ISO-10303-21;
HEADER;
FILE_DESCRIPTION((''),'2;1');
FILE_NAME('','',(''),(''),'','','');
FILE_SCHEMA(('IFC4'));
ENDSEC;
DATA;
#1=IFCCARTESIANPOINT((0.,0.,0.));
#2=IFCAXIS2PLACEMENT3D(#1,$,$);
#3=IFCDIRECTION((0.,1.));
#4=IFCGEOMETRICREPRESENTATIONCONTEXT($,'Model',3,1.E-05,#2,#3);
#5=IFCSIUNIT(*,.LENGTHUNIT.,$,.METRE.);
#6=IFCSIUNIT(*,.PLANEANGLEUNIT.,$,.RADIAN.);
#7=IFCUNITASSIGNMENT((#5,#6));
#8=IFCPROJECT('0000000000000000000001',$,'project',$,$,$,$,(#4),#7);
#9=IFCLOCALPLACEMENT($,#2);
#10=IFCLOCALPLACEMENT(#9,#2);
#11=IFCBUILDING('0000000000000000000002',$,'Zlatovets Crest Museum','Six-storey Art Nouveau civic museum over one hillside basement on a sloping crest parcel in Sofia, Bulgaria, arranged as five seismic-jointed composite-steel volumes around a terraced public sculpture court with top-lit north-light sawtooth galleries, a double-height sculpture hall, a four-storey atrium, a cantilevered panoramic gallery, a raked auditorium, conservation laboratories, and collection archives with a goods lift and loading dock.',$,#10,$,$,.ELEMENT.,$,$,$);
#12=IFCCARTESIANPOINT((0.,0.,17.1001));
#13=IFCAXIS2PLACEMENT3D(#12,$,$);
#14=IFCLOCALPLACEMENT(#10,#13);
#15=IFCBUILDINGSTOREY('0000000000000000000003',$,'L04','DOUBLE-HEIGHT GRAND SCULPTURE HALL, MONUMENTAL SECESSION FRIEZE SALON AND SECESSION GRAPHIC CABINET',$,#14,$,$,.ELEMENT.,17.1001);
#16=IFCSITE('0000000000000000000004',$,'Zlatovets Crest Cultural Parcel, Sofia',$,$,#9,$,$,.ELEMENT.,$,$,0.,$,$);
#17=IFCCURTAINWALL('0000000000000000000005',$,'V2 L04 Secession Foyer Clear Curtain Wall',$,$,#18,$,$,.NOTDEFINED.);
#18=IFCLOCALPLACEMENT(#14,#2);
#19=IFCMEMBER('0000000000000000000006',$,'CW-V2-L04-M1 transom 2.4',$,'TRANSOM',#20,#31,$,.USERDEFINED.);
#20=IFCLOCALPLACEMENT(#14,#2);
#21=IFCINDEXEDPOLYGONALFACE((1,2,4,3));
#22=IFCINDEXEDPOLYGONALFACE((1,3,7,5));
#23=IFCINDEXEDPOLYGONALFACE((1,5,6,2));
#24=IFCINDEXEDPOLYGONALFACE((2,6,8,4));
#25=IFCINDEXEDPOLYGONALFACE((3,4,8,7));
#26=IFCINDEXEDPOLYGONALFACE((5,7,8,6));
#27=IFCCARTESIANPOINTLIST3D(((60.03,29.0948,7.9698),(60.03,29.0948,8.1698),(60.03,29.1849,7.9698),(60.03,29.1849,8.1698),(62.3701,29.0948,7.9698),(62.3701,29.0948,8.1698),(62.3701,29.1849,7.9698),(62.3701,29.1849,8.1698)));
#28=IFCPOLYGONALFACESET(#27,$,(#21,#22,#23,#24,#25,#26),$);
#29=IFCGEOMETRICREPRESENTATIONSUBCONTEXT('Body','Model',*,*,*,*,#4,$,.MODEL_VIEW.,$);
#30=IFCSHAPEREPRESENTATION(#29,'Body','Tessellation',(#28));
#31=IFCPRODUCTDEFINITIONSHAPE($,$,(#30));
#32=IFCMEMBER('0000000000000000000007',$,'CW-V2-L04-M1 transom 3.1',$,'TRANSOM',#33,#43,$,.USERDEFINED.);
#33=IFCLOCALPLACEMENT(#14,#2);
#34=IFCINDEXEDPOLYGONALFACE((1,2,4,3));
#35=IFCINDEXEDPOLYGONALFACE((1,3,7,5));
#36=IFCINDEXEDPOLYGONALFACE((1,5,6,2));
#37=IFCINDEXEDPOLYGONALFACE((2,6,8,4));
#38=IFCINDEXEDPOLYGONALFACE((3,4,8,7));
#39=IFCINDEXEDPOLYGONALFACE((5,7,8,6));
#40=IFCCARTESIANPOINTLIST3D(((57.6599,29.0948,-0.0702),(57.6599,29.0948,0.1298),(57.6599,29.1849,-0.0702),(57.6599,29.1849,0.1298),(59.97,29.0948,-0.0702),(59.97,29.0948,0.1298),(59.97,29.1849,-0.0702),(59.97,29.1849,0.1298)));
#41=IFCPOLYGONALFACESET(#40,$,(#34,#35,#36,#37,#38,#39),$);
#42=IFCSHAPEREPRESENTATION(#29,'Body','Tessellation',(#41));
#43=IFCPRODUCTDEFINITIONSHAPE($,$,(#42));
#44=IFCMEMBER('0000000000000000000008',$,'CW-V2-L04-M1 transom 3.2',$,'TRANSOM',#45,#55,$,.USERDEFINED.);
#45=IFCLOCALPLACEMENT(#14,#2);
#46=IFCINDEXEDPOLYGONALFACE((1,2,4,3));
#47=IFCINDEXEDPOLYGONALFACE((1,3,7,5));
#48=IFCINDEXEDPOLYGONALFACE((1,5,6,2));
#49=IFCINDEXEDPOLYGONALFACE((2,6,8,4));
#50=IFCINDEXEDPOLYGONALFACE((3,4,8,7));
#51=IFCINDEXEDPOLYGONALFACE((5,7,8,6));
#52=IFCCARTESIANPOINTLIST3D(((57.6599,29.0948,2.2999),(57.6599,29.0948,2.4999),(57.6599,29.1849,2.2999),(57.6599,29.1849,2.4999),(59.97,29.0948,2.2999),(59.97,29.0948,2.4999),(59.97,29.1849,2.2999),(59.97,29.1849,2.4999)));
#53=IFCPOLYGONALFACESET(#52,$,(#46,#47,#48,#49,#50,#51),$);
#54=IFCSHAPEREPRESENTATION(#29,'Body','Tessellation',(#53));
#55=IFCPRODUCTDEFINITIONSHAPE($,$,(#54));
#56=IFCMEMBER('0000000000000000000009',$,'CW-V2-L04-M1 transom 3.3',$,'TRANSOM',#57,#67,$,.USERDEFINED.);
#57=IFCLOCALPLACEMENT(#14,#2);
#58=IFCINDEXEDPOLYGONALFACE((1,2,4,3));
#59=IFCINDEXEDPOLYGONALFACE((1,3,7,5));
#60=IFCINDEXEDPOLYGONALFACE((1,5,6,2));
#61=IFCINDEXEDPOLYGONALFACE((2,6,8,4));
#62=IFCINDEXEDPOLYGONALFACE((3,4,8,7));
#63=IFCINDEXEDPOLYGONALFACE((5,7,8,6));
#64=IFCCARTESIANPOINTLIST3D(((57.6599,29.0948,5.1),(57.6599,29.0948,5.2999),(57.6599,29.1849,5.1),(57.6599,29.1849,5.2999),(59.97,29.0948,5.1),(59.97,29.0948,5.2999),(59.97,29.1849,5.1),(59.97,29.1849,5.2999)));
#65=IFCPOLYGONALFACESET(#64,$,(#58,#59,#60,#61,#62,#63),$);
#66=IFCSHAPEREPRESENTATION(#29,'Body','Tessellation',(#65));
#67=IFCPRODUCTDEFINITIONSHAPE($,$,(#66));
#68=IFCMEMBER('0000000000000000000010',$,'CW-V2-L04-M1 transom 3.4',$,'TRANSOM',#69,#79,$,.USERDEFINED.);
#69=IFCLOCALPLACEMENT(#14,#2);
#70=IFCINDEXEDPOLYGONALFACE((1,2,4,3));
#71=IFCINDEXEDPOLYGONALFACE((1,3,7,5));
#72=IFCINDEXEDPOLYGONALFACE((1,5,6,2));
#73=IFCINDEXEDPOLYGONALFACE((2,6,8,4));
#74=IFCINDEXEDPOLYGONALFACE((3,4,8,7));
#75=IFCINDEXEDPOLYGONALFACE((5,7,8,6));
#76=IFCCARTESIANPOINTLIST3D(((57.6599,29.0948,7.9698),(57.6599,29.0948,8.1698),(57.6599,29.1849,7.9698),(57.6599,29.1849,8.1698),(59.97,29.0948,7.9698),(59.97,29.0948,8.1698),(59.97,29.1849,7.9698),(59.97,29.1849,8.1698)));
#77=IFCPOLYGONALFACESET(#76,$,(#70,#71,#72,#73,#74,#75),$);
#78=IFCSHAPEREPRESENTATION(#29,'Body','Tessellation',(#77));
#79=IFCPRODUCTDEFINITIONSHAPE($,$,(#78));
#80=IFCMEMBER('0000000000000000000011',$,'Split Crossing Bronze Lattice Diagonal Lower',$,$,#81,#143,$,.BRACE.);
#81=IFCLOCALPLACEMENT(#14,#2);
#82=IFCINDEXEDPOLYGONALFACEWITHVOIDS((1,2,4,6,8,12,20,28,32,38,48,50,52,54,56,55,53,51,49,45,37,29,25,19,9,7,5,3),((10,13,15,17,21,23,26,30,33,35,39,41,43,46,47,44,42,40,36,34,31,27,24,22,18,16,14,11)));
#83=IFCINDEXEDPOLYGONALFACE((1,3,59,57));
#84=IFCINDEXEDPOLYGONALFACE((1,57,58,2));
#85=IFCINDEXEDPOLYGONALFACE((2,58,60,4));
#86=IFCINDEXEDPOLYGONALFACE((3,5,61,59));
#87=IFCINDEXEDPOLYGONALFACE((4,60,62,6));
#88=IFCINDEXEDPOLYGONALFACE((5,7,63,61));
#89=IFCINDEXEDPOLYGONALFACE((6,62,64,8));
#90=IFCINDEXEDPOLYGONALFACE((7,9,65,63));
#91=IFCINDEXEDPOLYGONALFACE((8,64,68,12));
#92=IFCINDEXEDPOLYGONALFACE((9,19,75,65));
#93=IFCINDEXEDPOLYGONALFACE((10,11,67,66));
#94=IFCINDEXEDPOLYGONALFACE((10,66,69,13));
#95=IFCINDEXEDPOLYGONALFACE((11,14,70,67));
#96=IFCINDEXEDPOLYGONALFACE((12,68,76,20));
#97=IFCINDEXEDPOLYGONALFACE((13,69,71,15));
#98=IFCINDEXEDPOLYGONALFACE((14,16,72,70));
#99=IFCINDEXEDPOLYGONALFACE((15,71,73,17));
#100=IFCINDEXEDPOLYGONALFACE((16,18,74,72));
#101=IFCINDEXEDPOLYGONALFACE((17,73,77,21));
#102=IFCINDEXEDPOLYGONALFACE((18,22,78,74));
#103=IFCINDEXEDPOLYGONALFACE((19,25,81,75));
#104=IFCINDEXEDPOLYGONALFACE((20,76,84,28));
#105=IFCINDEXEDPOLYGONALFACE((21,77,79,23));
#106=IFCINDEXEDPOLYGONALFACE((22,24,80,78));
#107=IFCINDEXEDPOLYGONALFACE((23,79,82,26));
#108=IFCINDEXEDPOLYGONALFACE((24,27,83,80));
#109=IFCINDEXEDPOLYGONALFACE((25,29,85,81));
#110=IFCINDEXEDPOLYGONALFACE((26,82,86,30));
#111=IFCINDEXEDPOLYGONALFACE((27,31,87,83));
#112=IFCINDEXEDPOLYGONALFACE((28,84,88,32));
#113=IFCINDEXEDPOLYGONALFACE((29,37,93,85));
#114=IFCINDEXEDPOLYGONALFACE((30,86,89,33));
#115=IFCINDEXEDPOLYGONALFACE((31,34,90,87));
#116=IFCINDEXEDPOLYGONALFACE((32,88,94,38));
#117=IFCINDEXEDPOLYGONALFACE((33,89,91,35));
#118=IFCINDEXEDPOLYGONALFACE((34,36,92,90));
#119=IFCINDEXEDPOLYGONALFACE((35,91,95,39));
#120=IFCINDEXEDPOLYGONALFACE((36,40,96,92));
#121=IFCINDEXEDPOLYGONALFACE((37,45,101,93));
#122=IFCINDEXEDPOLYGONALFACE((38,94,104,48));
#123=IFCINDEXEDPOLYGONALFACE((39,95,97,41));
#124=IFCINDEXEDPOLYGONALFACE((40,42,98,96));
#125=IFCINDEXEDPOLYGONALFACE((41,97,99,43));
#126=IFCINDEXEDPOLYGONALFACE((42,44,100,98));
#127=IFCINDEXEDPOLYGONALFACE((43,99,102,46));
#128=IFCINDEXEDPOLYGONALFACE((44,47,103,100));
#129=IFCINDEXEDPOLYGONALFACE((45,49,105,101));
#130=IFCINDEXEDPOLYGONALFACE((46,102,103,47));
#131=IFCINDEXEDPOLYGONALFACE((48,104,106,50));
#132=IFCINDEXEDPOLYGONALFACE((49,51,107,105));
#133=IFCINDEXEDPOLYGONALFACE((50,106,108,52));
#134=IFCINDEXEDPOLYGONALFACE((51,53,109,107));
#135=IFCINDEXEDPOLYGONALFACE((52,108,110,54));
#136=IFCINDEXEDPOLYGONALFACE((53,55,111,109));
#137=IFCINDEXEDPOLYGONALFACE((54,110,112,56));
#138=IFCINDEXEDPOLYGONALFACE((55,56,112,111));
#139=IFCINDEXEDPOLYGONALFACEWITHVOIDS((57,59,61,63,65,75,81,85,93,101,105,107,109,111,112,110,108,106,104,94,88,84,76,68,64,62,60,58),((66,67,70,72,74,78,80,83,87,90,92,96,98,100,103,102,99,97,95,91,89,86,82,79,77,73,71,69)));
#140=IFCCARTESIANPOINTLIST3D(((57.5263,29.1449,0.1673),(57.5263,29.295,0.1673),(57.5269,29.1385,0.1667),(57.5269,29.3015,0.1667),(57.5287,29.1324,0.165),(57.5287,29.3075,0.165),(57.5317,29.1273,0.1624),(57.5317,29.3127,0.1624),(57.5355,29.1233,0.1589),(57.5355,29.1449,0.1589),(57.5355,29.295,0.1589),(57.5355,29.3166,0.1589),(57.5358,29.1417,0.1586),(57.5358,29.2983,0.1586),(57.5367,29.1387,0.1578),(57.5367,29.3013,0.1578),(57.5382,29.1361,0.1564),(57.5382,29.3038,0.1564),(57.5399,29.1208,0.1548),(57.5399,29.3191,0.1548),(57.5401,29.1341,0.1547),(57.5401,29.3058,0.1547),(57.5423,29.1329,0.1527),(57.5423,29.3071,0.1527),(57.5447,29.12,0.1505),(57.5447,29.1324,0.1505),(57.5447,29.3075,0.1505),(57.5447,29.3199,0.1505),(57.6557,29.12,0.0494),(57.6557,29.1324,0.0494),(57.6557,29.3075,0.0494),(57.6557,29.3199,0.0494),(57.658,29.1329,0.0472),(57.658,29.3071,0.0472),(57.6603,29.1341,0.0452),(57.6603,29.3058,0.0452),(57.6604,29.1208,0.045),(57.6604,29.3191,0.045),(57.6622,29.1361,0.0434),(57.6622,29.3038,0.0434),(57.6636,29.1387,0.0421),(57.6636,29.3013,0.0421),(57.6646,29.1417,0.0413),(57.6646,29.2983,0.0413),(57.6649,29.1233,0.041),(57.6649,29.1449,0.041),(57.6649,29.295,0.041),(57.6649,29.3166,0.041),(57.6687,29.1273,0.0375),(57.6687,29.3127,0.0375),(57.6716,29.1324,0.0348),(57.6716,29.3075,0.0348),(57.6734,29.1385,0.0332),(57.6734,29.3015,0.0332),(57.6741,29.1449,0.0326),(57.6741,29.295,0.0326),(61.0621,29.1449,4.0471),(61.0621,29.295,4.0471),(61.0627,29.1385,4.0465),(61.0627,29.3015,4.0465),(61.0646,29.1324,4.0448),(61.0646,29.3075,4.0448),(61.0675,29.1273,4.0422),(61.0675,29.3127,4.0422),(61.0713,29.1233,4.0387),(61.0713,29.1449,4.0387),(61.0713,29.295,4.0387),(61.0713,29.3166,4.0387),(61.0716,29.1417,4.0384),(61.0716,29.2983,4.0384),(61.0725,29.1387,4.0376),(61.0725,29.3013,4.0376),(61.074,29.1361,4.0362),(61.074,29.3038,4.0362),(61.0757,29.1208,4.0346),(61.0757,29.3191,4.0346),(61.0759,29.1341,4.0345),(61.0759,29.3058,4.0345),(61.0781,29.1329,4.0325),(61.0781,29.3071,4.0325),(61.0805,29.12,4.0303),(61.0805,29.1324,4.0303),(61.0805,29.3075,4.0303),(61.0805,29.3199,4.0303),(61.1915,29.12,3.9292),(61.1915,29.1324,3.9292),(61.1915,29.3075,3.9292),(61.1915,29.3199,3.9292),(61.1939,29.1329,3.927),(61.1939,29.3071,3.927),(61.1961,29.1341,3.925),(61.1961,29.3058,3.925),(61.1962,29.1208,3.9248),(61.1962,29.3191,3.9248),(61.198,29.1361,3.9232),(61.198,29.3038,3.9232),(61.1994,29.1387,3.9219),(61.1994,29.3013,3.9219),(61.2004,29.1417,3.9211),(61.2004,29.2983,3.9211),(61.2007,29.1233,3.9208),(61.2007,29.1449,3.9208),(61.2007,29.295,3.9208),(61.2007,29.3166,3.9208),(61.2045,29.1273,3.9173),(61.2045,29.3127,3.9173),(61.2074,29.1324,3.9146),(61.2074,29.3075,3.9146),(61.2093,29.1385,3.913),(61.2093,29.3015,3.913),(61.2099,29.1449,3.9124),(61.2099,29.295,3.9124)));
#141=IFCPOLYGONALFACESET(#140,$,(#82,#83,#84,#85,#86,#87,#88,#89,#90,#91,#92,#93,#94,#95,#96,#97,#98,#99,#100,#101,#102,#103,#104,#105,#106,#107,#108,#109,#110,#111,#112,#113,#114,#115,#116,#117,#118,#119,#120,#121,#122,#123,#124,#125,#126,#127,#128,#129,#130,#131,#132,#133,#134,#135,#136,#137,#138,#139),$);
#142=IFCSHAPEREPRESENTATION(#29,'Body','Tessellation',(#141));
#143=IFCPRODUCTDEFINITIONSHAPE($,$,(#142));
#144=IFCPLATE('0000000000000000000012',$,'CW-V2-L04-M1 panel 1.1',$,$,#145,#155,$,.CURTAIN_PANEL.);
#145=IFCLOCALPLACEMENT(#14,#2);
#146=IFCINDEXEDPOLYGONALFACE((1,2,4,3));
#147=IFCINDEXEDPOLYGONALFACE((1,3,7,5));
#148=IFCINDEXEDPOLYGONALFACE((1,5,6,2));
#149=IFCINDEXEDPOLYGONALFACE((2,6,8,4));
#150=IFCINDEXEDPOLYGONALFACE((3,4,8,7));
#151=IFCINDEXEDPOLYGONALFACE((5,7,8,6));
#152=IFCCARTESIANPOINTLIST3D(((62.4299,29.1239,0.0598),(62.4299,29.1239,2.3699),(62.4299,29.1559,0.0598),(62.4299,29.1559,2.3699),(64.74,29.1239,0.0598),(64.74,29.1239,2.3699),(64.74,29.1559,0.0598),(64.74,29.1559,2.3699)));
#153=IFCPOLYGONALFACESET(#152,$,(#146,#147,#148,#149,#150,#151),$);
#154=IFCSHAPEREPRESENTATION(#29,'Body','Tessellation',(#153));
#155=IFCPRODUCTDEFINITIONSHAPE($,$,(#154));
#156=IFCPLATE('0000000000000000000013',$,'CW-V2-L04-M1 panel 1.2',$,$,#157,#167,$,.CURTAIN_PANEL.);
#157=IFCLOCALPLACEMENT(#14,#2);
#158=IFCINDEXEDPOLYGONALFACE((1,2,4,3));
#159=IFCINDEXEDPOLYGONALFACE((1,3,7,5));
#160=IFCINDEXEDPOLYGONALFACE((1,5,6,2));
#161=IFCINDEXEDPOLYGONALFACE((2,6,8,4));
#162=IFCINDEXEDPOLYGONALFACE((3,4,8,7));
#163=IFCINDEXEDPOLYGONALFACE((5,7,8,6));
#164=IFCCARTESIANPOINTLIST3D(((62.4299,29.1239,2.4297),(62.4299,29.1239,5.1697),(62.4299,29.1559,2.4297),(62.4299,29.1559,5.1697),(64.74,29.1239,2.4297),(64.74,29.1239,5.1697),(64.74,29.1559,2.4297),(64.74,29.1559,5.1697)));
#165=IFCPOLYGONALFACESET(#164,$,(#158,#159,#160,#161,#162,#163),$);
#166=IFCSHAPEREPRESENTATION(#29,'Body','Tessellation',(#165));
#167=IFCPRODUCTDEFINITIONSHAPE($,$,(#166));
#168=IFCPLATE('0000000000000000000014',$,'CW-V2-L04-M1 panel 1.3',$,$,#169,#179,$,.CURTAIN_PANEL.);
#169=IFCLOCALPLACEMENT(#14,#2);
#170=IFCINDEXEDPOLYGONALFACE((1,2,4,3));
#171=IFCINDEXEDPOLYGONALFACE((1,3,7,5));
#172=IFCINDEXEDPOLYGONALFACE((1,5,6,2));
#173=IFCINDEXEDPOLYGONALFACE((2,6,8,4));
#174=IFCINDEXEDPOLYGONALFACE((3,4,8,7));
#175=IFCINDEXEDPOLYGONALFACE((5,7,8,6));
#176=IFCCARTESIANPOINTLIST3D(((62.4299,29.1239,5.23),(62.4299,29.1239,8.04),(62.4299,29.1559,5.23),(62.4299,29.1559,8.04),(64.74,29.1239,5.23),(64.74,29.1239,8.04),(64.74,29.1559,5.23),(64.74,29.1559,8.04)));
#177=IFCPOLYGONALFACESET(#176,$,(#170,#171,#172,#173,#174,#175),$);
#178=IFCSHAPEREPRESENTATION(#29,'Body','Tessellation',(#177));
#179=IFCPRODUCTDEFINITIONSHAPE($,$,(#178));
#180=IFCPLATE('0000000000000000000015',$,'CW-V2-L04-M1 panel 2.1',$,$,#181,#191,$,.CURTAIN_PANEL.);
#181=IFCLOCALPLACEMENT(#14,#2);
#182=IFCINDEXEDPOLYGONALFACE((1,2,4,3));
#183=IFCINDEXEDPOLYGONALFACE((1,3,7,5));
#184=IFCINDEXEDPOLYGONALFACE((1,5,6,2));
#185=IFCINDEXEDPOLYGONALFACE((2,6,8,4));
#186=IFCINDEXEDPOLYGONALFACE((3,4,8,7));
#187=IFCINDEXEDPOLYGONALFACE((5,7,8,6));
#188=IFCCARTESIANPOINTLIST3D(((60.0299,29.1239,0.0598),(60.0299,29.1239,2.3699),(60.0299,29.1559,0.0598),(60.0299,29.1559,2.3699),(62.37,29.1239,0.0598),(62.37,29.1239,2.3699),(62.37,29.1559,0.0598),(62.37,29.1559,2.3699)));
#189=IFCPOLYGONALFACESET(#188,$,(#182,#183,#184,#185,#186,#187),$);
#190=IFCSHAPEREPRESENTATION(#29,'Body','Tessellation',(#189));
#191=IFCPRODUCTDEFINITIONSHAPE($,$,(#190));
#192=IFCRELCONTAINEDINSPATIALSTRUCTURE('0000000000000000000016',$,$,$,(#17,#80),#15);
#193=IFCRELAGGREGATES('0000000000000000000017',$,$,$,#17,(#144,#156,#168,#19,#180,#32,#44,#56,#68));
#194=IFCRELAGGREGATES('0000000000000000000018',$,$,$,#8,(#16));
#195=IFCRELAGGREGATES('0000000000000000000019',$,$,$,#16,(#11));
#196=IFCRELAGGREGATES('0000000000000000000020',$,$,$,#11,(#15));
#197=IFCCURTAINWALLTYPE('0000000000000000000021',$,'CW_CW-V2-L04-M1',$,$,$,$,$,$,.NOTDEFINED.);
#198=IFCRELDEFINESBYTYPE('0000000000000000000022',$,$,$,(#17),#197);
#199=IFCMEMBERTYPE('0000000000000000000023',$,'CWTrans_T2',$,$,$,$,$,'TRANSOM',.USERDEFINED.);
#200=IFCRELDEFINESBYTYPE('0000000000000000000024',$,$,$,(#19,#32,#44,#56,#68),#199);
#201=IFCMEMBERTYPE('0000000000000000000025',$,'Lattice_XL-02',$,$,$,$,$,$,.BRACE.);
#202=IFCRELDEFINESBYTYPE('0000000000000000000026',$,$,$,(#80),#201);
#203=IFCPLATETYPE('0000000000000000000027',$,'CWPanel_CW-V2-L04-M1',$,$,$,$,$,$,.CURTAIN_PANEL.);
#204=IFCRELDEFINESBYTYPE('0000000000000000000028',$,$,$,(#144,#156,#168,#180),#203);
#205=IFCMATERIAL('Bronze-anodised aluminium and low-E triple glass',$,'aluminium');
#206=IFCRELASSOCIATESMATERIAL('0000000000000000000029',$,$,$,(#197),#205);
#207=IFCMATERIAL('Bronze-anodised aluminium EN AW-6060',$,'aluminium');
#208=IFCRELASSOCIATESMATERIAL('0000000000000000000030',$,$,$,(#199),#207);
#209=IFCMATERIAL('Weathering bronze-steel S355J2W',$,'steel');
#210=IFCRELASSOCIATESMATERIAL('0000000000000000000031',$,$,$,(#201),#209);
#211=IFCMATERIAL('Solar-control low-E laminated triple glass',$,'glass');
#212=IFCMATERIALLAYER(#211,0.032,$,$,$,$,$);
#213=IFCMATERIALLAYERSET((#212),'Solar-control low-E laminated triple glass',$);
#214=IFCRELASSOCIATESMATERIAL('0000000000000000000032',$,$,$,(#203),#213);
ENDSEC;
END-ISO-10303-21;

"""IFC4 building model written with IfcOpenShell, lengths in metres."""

from ifc_helpers import new_model, si_unit, direction, frame, origin, origin_2d, place, context, subcontext, project, spatial, rectangle, hollow_rectangle, extrude, material, layer, layer_set, material_profile, profile_set, type_object, element, aggregate, save


model = new_model("IFC4")

# Units and contexts
model_context = context("Model", 3, precision=1e-05, world=origin(), true_north=direction((0.0, 1.0)))
body_context = subcontext(model_context, "Body", "Model", "MODEL_VIEW")
ifc_project = project(units=[si_unit("LENGTHUNIT", "METRE"), si_unit("PLANEANGLEUNIT", "RADIAN")], contexts=[model_context])

# Site, building, storey
site_placement = place(None, origin())
site = spatial("IfcSite", under=ifc_project, at=site_placement, Name="Zlatovets Crest Cultural Parcel, Sofia", CompositionType="ELEMENT", RefElevation=0.0)
building_placement = place(site_placement, origin())
building = spatial("IfcBuilding", under=site, at=building_placement, Name="Zlatovets Crest Museum", Description="Six-storey Art Nouveau civic museum over one hillside basement on a sloping crest parcel in Sofia, Bulgaria, arranged as five seismic-jointed composite-steel volumes around a terraced public sculpture court with top-lit north-light sawtooth galleries, a double-height sculpture hall, a four-storey atrium, a cantilevered panoramic gallery, a raked auditorium, conservation laboratories, and collection archives with a goods lift and loading dock.", CompositionType="ELEMENT")
storey_placement = place(building_placement, frame((0.0, 0.0, 17.1001)))
storey = spatial("IfcBuildingStorey", under=building, at=storey_placement, Name="L04", Description="DOUBLE-HEIGHT GRAND SCULPTURE HALL, MONUMENTAL SECESSION FRIEZE SALON AND SECESSION GRAPHIC CABINET", CompositionType="ELEMENT", Elevation=17.1001)

# Curtain wall, members
ifc_material_1 = material(Name="Bronze-anodised aluminium and low-E triple glass", Category="aluminium")
curtain_wall_type = type_object("IfcCurtainWallType", Name="CW_CW-V2-L04-M1", PredefinedType="NOTDEFINED", material=ifc_material_1)
curtain_wall_placement = place(storey_placement, origin())
curtain_wall = element("IfcCurtainWall", 1, at=curtain_wall_placement, inside=storey, type_object=curtain_wall_type, Name="V2 L04 Secession Foyer Clear Curtain Wall", PredefinedType="NOTDEFINED")
ifc_material_2 = material(Name="Bronze-anodised aluminium EN AW-6060", Category="aluminium")
ifc_material_profile_1 = material_profile(ifc_material_2, rectangle(XDim=0.0901, YDim=0.2, at=origin_2d()), Name="ALU 90x200")
ifc_profile_set_1 = profile_set([ifc_material_profile_1], Name="Bronze-anodised aluminium EN AW-6060")
member_type_1 = type_object("IfcMemberType", Name="CWTrans_T2", ElementType="TRANSOM", PredefinedType="USERDEFINED", material=ifc_profile_set_1)
member_1_placement = place(storey_placement, frame((62.3701, 29.1399, 8.0698), z_axis=(-1.0, 0.0, 0.0), x_axis=(0.0, -1.0, 0.0)))
member_1 = element("IfcMember", 2, at=member_1_placement, type_object=member_type_1, Name="CW-V2-L04-M1 transom 2.4", ObjectType="TRANSOM", PredefinedType="USERDEFINED", context=body_context, shape_type="SweptSolid", body=[
    extrude(rectangle(XDim=0.0901, YDim=0.2, at=origin_2d()), origin(), (0.0, 0.0, 1.0), 2.3401),
])
member_2_placement = place(storey_placement, frame((59.97, 29.1399, 0.0298), z_axis=(-1.0, 0.0, 0.0), x_axis=(0.0, -1.0, 0.0)))
member_2 = element("IfcMember", 3, at=member_2_placement, type_object=member_type_1, Name="CW-V2-L04-M1 transom 3.1", ObjectType="TRANSOM", PredefinedType="USERDEFINED", context=body_context, shape_type="SweptSolid", body=[
    extrude(rectangle(XDim=0.0901, YDim=0.2, at=origin_2d()), origin(), (0.0, 0.0, 1.0), 2.3101),
])
member_3_placement = place(storey_placement, frame((59.97, 29.1399, 2.3999), z_axis=(-1.0, 0.0, 0.0), x_axis=(0.0, -1.0, 0.0)))
member_3 = element("IfcMember", 4, at=member_3_placement, type_object=member_type_1, Name="CW-V2-L04-M1 transom 3.2", ObjectType="TRANSOM", PredefinedType="USERDEFINED", context=body_context, shape_type="SweptSolid", body=[
    extrude(rectangle(XDim=0.0901, YDim=0.2, at=origin_2d()), origin(), (0.0, 0.0, 1.0), 2.3101),
])
member_4_placement = place(storey_placement, frame((59.97, 29.1399, 5.2), z_axis=(-1.0, 0.0, 0.0), x_axis=(0.0, -1.0, 0.0)))
member_4 = element("IfcMember", 5, at=member_4_placement, type_object=member_type_1, Name="CW-V2-L04-M1 transom 3.3", ObjectType="TRANSOM", PredefinedType="USERDEFINED", context=body_context, shape_type="SweptSolid", body=[
    extrude(rectangle(XDim=0.0901, YDim=0.2, at=origin_2d()), origin(), (0.0, 0.0, 1.0), 2.3101),
])
member_5_placement = place(storey_placement, frame((59.97, 29.1399, 8.0698), z_axis=(-1.0, 0.0, 0.0), x_axis=(0.0, -1.0, 0.0)))
member_5 = element("IfcMember", 6, at=member_5_placement, type_object=member_type_1, Name="CW-V2-L04-M1 transom 3.4", ObjectType="TRANSOM", PredefinedType="USERDEFINED", context=body_context, shape_type="SweptSolid", body=[
    extrude(rectangle(XDim=0.0901, YDim=0.2, at=origin_2d()), origin(), (0.0, 0.0, 1.0), 2.3101),
])

# Member
ifc_material_3 = material(Name="Weathering bronze-steel S355J2W", Category="steel")
ifc_material_profile_2 = material_profile(ifc_material_3, hollow_rectangle(XDim=0.2, YDim=0.2, WallThickness=0.0125, InnerFilletRadius=0.0125, OuterFilletRadius=0.0249, at=origin_2d()), Name="SHS 200x200x12.5")
ifc_profile_set_2 = profile_set([ifc_material_profile_2], Name="Weathering bronze-steel S355J2W")
member_type_2 = type_object("IfcMemberType", Name="Lattice_XL-02", PredefinedType="BRACE", material=ifc_profile_set_2)
member_6_placement = place(storey_placement, frame((61.136, 29.22, 3.9797), z_axis=(-0.673582, 0.0, -0.739112), x_axis=(0.0, -1.0, 0.0)))
element("IfcMember", 7, at=member_6_placement, inside=storey, type_object=member_type_2, Name="Split Crossing Bronze Lattice Diagonal Lower", PredefinedType="BRACE", context=body_context, shape_type="SweptSolid", body=[
    extrude(hollow_rectangle(XDim=0.2, YDim=0.2, WallThickness=0.0125, InnerFilletRadius=0.0125, OuterFilletRadius=0.0249, at=origin_2d()), origin(), (0.0, 0.0, 1.0), 5.2493),
])

# Plates
ifc_material_4 = material(Name="Solar-control low-E laminated triple glass", Category="glass")
ifc_layer_1 = layer(ifc_material_4, 0.032)
ifc_layer_set_1 = layer_set([ifc_layer_1], Name="Solar-control low-E laminated triple glass")
plate_type_1 = type_object("IfcPlateType", Name="CWPanel_CW-V2-L04-M1", PredefinedType="CURTAIN_PANEL", material=ifc_layer_set_1)
plate_1_placement = place(storey_placement, frame((63.585, 29.1399, 0.0598), z_axis=(0.0, 0.0, 1.0), x_axis=(-1.0, 0.0, 0.0)))
plate_1 = element("IfcPlate", 8, at=plate_1_placement, type_object=plate_type_1, Name="CW-V2-L04-M1 panel 1.1", PredefinedType="CURTAIN_PANEL", context=body_context, shape_type="SweptSolid", body=[
    extrude(rectangle(XDim=2.3101, YDim=0.032, at=origin_2d()), origin(), (0.0, 0.0, 1.0), 2.3101),
])
plate_2_placement = place(storey_placement, frame((63.585, 29.1399, 2.4297), z_axis=(0.0, 0.0, 1.0), x_axis=(-1.0, 0.0, 0.0)))
plate_2 = element("IfcPlate", 9, at=plate_2_placement, type_object=plate_type_1, Name="CW-V2-L04-M1 panel 1.2", PredefinedType="CURTAIN_PANEL", context=body_context, shape_type="SweptSolid", body=[
    extrude(rectangle(XDim=2.3101, YDim=0.032, at=origin_2d()), origin(), (0.0, 0.0, 1.0), 2.74),
])
plate_3_placement = place(storey_placement, frame((63.585, 29.1399, 5.23), z_axis=(0.0, 0.0, 1.0), x_axis=(-1.0, 0.0, 0.0)))
plate_3 = element("IfcPlate", 10, at=plate_3_placement, type_object=plate_type_1, Name="CW-V2-L04-M1 panel 1.3", PredefinedType="CURTAIN_PANEL", context=body_context, shape_type="SweptSolid", body=[
    extrude(rectangle(XDim=2.3101, YDim=0.032, at=origin_2d()), origin(), (0.0, 0.0, 1.0), 2.8101),
])
plate_4_placement = place(storey_placement, frame((61.2, 29.1399, 0.0598), z_axis=(0.0, 0.0, 1.0), x_axis=(-1.0, 0.0, 0.0)))
plate_4 = element("IfcPlate", 11, at=plate_4_placement, type_object=plate_type_1, Name="CW-V2-L04-M1 panel 2.1", PredefinedType="CURTAIN_PANEL", context=body_context, shape_type="SweptSolid", body=[
    extrude(rectangle(XDim=2.3401, YDim=0.032, at=origin_2d()), origin(), (0.0, 0.0, 1.0), 2.3101),
])
aggregate(curtain_wall, [plate_1, plate_2, plate_3, member_1, plate_4, member_2, member_3, member_4, member_5])

save(model, "model.ifc")
